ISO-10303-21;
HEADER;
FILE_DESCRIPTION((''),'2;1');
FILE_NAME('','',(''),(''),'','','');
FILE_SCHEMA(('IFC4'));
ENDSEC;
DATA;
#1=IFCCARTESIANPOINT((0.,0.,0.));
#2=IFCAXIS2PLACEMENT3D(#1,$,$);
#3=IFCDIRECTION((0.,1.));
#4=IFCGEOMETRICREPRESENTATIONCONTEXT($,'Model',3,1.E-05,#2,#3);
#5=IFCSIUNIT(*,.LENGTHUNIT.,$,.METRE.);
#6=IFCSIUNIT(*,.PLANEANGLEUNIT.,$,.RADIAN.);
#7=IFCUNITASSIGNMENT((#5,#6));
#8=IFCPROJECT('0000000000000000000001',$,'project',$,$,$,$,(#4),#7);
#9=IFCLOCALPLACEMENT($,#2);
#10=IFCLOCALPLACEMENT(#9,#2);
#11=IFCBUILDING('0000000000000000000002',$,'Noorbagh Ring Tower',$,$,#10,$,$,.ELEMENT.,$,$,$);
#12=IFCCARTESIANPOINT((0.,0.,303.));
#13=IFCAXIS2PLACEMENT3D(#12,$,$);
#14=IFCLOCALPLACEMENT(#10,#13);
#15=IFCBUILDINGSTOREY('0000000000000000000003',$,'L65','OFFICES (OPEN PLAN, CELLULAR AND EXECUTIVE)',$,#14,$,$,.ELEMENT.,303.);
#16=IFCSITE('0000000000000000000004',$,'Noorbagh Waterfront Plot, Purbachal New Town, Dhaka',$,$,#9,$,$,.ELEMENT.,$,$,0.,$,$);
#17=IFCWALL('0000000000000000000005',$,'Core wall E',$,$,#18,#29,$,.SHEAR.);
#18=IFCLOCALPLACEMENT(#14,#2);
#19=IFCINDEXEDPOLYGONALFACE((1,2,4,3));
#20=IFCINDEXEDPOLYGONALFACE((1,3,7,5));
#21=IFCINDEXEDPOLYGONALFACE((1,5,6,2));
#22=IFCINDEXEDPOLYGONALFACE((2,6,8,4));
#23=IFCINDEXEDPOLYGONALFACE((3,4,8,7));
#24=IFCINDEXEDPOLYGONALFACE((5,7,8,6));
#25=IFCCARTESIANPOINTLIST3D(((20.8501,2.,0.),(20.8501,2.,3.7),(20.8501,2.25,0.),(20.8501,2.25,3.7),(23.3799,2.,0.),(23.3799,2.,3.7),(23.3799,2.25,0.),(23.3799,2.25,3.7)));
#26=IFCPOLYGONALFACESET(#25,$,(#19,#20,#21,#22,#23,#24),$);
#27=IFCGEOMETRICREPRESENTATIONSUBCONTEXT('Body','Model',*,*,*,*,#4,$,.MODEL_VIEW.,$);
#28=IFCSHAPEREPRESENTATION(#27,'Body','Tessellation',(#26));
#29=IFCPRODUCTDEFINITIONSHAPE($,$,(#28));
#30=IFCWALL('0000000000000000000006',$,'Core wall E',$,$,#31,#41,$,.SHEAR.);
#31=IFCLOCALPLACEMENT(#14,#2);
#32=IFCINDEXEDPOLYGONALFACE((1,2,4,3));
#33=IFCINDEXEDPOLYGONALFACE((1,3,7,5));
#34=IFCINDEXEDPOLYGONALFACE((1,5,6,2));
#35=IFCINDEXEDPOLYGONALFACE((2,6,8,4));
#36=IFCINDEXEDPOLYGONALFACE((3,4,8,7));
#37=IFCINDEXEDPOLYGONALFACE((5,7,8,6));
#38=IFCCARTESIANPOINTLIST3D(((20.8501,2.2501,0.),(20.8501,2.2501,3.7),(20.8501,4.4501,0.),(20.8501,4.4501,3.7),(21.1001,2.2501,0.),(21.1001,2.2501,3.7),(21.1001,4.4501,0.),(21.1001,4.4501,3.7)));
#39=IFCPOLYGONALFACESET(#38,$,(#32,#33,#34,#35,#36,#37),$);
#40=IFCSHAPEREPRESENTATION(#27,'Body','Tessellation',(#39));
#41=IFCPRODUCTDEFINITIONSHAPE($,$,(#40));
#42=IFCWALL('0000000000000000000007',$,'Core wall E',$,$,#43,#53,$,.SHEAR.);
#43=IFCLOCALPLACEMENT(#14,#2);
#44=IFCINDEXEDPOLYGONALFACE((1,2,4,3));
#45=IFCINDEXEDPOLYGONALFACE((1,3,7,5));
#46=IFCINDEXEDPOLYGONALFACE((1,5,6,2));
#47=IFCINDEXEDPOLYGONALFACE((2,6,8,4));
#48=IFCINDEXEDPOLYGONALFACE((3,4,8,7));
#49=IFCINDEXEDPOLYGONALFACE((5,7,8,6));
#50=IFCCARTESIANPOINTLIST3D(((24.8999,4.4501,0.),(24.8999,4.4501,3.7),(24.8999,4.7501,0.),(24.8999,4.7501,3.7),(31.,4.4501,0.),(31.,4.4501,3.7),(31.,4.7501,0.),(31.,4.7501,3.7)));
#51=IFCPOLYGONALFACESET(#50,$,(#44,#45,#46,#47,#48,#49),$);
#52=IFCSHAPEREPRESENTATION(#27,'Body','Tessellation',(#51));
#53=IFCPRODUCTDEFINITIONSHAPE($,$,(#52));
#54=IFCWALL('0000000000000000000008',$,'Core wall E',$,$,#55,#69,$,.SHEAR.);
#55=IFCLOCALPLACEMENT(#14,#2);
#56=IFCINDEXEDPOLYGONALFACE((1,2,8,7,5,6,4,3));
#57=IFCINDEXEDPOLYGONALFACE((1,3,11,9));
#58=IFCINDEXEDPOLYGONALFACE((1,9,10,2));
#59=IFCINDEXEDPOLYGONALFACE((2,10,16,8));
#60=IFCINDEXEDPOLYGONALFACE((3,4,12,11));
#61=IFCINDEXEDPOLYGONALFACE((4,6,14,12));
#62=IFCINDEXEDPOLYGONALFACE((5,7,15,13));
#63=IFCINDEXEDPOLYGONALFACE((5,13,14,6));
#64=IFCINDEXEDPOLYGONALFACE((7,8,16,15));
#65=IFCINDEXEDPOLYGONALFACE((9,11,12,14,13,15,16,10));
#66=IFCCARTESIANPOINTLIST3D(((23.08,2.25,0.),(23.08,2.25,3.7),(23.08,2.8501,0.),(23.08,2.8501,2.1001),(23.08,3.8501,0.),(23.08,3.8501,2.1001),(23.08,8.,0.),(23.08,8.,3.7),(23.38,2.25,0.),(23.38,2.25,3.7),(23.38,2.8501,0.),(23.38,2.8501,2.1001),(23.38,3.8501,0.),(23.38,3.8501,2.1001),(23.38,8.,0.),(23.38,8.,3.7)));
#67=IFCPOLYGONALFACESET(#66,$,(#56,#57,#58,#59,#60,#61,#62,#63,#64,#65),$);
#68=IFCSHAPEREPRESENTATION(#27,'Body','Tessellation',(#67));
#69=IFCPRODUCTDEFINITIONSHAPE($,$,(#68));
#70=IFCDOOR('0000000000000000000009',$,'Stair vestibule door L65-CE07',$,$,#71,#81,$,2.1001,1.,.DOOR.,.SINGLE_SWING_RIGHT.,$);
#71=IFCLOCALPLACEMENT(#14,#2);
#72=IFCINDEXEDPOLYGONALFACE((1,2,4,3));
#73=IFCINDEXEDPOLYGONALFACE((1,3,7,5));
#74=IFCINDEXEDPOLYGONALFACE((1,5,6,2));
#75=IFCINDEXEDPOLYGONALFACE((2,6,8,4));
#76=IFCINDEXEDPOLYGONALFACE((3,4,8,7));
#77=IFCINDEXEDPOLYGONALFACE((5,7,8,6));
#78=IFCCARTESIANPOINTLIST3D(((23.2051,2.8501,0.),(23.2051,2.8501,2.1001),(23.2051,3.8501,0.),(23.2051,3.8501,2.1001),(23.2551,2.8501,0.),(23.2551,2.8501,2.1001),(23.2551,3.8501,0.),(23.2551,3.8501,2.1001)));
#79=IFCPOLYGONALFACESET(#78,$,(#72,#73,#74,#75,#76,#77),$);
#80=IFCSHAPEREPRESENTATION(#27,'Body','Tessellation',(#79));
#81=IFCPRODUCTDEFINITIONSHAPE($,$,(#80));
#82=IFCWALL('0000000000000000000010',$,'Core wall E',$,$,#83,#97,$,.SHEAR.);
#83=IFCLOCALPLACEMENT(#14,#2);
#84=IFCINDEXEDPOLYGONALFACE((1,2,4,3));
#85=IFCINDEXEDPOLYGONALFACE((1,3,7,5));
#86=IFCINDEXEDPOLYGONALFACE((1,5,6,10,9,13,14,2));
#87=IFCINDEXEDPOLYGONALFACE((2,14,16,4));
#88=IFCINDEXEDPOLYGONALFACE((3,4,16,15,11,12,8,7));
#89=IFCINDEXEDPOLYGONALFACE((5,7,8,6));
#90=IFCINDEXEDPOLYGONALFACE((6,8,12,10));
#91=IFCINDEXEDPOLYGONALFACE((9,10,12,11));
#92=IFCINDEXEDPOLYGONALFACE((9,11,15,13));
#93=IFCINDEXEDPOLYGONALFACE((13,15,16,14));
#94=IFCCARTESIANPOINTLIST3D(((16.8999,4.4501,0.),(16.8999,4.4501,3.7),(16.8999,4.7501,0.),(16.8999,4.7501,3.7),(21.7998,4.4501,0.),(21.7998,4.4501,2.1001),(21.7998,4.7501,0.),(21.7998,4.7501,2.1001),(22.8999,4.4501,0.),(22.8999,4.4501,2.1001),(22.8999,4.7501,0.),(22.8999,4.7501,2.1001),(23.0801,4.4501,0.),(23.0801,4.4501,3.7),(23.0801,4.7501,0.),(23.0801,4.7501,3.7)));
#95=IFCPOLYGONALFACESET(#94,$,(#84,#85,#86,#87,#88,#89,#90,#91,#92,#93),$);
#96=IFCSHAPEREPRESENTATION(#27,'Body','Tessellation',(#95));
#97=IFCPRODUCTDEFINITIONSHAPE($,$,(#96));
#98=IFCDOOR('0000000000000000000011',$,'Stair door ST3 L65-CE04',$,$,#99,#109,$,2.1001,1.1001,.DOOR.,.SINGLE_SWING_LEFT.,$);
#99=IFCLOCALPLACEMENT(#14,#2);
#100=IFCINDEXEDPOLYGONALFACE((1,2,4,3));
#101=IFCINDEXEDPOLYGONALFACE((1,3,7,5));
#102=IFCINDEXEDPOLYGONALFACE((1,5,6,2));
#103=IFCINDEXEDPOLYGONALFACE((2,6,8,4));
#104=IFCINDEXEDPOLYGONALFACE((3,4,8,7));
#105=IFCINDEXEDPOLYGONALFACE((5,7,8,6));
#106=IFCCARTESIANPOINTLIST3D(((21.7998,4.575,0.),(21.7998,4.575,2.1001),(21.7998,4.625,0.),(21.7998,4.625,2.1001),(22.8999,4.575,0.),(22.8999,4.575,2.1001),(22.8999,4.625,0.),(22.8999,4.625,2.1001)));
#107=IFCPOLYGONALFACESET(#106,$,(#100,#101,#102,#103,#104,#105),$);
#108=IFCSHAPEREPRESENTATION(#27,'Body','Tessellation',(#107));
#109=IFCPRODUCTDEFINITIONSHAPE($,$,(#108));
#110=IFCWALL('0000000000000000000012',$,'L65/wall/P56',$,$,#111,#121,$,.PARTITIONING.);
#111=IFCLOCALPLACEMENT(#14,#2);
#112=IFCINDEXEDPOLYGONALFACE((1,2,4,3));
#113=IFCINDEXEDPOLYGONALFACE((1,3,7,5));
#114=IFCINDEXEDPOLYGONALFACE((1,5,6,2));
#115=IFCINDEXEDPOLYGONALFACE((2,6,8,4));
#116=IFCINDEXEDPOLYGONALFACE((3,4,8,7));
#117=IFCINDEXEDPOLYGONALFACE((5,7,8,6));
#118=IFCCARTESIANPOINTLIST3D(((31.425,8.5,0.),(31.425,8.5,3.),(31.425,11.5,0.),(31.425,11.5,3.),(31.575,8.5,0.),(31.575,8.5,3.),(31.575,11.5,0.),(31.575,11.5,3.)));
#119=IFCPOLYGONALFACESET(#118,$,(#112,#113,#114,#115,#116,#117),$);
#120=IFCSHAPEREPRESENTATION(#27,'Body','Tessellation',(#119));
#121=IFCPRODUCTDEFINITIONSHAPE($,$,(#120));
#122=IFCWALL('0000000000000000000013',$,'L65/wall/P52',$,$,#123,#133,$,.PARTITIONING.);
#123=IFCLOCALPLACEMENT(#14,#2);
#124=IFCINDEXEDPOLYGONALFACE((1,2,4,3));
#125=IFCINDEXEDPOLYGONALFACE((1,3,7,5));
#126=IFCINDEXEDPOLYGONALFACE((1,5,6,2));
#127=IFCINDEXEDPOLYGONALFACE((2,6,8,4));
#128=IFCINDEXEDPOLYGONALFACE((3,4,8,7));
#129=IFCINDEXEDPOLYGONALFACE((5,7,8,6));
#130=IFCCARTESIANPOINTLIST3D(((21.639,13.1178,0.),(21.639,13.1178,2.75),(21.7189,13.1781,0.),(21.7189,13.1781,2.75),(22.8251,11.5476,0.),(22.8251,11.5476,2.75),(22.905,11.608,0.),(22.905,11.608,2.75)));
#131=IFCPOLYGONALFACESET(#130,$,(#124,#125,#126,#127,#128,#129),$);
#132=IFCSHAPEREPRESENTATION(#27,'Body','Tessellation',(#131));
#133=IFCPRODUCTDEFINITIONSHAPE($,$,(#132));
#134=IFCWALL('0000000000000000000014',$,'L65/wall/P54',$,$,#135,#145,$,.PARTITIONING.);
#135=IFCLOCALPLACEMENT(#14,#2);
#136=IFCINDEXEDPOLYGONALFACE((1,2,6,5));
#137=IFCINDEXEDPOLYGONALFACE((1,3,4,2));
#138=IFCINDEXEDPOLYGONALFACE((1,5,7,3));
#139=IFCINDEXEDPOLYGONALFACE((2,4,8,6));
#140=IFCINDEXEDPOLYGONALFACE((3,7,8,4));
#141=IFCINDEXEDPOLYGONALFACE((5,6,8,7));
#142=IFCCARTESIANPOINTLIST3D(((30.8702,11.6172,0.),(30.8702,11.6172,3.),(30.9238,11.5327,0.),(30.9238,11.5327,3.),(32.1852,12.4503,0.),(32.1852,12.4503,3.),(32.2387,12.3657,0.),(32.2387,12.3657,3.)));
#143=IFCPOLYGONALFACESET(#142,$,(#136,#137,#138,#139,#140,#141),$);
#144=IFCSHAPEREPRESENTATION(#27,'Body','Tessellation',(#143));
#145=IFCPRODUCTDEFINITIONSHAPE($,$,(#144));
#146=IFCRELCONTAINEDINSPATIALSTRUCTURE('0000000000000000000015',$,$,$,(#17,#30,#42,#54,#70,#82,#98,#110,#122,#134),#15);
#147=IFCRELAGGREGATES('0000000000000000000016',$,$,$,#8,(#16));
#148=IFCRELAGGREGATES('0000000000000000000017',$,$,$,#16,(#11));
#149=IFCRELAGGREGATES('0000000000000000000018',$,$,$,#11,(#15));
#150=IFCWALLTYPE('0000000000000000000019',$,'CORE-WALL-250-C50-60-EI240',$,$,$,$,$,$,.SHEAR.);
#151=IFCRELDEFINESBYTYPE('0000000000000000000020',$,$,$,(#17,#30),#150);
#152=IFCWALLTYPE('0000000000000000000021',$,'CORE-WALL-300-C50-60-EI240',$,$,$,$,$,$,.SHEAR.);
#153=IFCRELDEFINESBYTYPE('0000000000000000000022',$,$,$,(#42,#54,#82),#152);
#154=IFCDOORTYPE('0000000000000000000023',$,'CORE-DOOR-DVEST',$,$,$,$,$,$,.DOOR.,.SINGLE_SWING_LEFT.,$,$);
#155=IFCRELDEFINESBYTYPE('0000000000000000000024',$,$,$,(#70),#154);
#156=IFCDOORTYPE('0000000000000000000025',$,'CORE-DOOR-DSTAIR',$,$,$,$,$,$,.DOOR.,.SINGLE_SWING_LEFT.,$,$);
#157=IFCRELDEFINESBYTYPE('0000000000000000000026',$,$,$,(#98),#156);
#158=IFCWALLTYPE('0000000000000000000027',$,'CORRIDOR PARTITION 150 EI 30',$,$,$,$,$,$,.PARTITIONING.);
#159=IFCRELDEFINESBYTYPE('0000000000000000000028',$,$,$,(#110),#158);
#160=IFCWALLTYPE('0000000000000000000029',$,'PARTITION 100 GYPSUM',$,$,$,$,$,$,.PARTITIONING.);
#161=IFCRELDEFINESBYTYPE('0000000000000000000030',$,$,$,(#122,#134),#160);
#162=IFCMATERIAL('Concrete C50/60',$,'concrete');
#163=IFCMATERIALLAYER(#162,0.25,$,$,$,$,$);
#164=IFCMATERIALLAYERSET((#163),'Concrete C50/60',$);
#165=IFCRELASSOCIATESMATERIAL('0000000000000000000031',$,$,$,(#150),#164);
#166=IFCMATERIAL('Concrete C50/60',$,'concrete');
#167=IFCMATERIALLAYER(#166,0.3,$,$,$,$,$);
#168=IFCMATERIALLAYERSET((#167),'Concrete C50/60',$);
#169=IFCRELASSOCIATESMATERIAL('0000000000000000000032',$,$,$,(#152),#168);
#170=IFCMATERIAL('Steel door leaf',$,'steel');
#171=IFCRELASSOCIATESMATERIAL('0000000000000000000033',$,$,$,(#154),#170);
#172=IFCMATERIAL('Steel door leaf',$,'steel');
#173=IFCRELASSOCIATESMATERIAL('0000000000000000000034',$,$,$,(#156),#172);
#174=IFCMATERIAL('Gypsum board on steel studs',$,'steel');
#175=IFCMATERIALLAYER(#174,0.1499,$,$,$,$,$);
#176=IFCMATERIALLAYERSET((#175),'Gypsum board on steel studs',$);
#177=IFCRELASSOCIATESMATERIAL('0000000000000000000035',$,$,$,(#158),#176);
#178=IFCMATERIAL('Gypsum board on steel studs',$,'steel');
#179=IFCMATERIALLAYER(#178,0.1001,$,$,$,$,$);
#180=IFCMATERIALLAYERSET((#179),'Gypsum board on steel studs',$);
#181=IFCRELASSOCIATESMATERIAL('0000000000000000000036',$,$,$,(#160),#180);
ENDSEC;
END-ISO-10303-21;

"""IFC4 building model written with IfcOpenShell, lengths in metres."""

from ifc_helpers import new_model, si_unit, direction, frame, frame_2d, origin, place, context, subcontext, project, spatial, rectangle, extrude, material, layer, layer_set, type_object, element, fill, save


model = new_model("IFC4")

# Units and contexts
model_context = context("Model", 3, precision=1e-05, world=origin(), true_north=direction((0.0, 1.0)))
body_context = subcontext(model_context, "Body", "Model", "MODEL_VIEW")
ifc_project = project(units=[si_unit("LENGTHUNIT", "METRE"), si_unit("PLANEANGLEUNIT", "RADIAN")], contexts=[model_context])

# Site, building, storey
site_placement = place(None, origin())
site = spatial("IfcSite", under=ifc_project, at=site_placement, Name="Noorbagh Waterfront Plot, Purbachal New Town, Dhaka", CompositionType="ELEMENT", RefElevation=0.0)
building_placement = place(site_placement, origin())
building = spatial("IfcBuilding", under=site, at=building_placement, Name="Noorbagh Ring Tower", CompositionType="ELEMENT")
storey_placement = place(building_placement, frame((0.0, 0.0, 303.0)))
storey = spatial("IfcBuildingStorey", under=building, at=storey_placement, Name="L65", Description="OFFICES (OPEN PLAN, CELLULAR AND EXECUTIVE)", CompositionType="ELEMENT", Elevation=303.0)

# Walls
ifc_material_1 = material(Name="Concrete C50/60", Category="concrete")
ifc_layer_1 = layer(ifc_material_1, 0.25)
ifc_layer_set_1 = layer_set([ifc_layer_1], Name="Concrete C50/60")
wall_type_1 = type_object("IfcWallType", Name="CORE-WALL-250-C50-60-EI240", PredefinedType="SHEAR", material=ifc_layer_set_1)
wall_1_placement = place(storey_placement, frame((20.8501, 2.125, 0.0), z_axis=(0.0, 0.0, 1.0), x_axis=(1.0, 0.0, 0.0)))
element("IfcWall", 1, at=wall_1_placement, inside=storey, type_object=wall_type_1, Name="Core wall E", PredefinedType="SHEAR", context=body_context, shape_type="SweptSolid", body=[
    extrude(rectangle(XDim=2.5298, YDim=0.25, at=frame_2d((1.2649, 0.0))), origin(), (0.0, 0.0, 1.0), 3.7),
])
wall_2_placement = place(storey_placement, frame((20.9751, 2.25, 0.0), z_axis=(0.0, 0.0, 1.0), x_axis=(0.0, 1.0, 0.0)))
element("IfcWall", 2, at=wall_2_placement, inside=storey, type_object=wall_type_1, Name="Core wall E", PredefinedType="SHEAR", context=body_context, shape_type="SweptSolid", body=[
    extrude(rectangle(XDim=2.2, YDim=0.25, at=frame_2d((1.1001, 0.0))), origin(), (0.0, 0.0, 1.0), 3.7),
])
ifc_material_2 = material(Name="Concrete C50/60", Category="concrete")
ifc_layer_2 = layer(ifc_material_2, 0.3)
ifc_layer_set_2 = layer_set([ifc_layer_2], Name="Concrete C50/60")
wall_type_2 = type_object("IfcWallType", Name="CORE-WALL-300-C50-60-EI240", PredefinedType="SHEAR", material=ifc_layer_set_2)
wall_3_placement = place(storey_placement, frame((24.8999, 4.6001, 0.0), z_axis=(0.0, 0.0, 1.0), x_axis=(1.0, 0.0, 0.0)))
element("IfcWall", 3, at=wall_3_placement, inside=storey, type_object=wall_type_2, Name="Core wall E", PredefinedType="SHEAR", context=body_context, shape_type="SweptSolid", body=[
    extrude(rectangle(XDim=6.1001, YDim=0.3, at=frame_2d((3.05, 0.0))), origin(), (0.0, 0.0, 1.0), 3.7),
])

# Walls, openings, doors
wall_4_placement = place(storey_placement, frame((23.23, 2.25, 0.0), z_axis=(0.0, 0.0, 1.0), x_axis=(0.0, 1.0, 0.0)))
wall_4 = element("IfcWall", 4, at=wall_4_placement, inside=storey, type_object=wall_type_2, Name="Core wall E", PredefinedType="SHEAR", context=body_context, shape_type="SweptSolid", body=[
    extrude(rectangle(XDim=5.75, YDim=0.3, at=frame_2d((2.875, 0.0))), origin(), (0.0, 0.0, 1.0), 3.7),
])
opening_1_placement = place(wall_4_placement, frame((0.6001, 0.0, 0.0)))
opening_1 = element("IfcOpeningElement", 5, at=opening_1_placement, cuts=wall_4, PredefinedType="OPENING", context=body_context, shape_type="SweptSolid", body=[
    extrude(rectangle(XDim=1.0, YDim=2.1001, at=frame_2d((0.5, 1.05))), frame((0.0, 0.1602, 0.0), z_axis=(0.0, -1.0, 0.0), x_axis=(1.0, 0.0, 0.0)), (0.0, 0.0, 1.0), 0.3201),
])
ifc_material_3 = material(Name="Steel door leaf", Category="steel")
door_type_1 = type_object("IfcDoorType", Name="CORE-DOOR-DVEST", OperationType="SINGLE_SWING_LEFT", PredefinedType="DOOR", material=ifc_material_3)
door_1_placement = place(opening_1_placement, origin())
door_1 = element("IfcDoor", 6, at=door_1_placement, inside=storey, type_object=door_type_1, Name="Stair vestibule door L65-CE07", OperationType="SINGLE_SWING_RIGHT", OverallHeight=2.1001, OverallWidth=1.0, PredefinedType="DOOR", context=body_context, shape_type="SweptSolid", body=[
    extrude(rectangle(XDim=1.0, YDim=2.1001, at=frame_2d((0.5, 1.05))), frame((0.0, 0.0249, 0.0), z_axis=(0.0, -1.0, 0.0), x_axis=(1.0, 0.0, 0.0)), (0.0, 0.0, 1.0), 0.05),
])
fill(opening_1, door_1)
wall_5_placement = place(storey_placement, frame((16.8999, 4.6001, 0.0), z_axis=(0.0, 0.0, 1.0), x_axis=(1.0, 0.0, 0.0)))
wall_5 = element("IfcWall", 7, at=wall_5_placement, inside=storey, type_object=wall_type_2, Name="Core wall E", PredefinedType="SHEAR", context=body_context, shape_type="SweptSolid", body=[
    extrude(rectangle(XDim=6.1802, YDim=0.3, at=frame_2d((3.0901, 0.0))), origin(), (0.0, 0.0, 1.0), 3.7),
])
opening_2_placement = place(wall_5_placement, frame((4.8999, 0.0, 0.0)))
opening_2 = element("IfcOpeningElement", 8, at=opening_2_placement, cuts=wall_5, PredefinedType="OPENING", context=body_context, shape_type="SweptSolid", body=[
    extrude(rectangle(XDim=1.1001, YDim=2.1001, at=frame_2d((0.55, 1.05))), frame((0.0, 0.1602, 0.0), z_axis=(0.0, -1.0, 0.0), x_axis=(1.0, 0.0, 0.0)), (0.0, 0.0, 1.0), 0.3201),
])
ifc_material_4 = material(Name="Steel door leaf", Category="steel")
door_type_2 = type_object("IfcDoorType", Name="CORE-DOOR-DSTAIR", OperationType="SINGLE_SWING_LEFT", PredefinedType="DOOR", material=ifc_material_4)
door_2_placement = place(opening_2_placement, origin())
door_2 = element("IfcDoor", 9, at=door_2_placement, inside=storey, type_object=door_type_2, Name="Stair door ST3 L65-CE04", OperationType="SINGLE_SWING_LEFT", OverallHeight=2.1001, OverallWidth=1.1001, PredefinedType="DOOR", context=body_context, shape_type="SweptSolid", body=[
    extrude(rectangle(XDim=1.1001, YDim=2.1001, at=frame_2d((0.55, 1.05))), frame((0.0, 0.0249, 0.0), z_axis=(0.0, -1.0, 0.0), x_axis=(1.0, 0.0, 0.0)), (0.0, 0.0, 1.0), 0.05),
])
fill(opening_2, door_2)

# Walls
ifc_material_5 = material(Name="Gypsum board on steel studs", Category="steel")
ifc_layer_3 = layer(ifc_material_5, 0.1499)
ifc_layer_set_3 = layer_set([ifc_layer_3], Name="Gypsum board on steel studs")
wall_type_3 = type_object("IfcWallType", Name="CORRIDOR PARTITION 150 EI 30", PredefinedType="PARTITIONING", material=ifc_layer_set_3)
wall_6_placement = place(storey_placement, frame((31.5, 8.5, 0.0), z_axis=(0.0, 0.0, 1.0), x_axis=(0.0, 1.0, 0.0)))
element("IfcWall", 10, at=wall_6_placement, inside=storey, type_object=wall_type_3, Name="L65/wall/P56", PredefinedType="PARTITIONING", context=body_context, shape_type="SweptSolid", body=[
    extrude(rectangle(XDim=3.0, YDim=0.1499, at=frame_2d((1.5, 0.0))), origin(), (0.0, 0.0, 1.0), 3.0),
])
ifc_material_6 = material(Name="Gypsum board on steel studs", Category="steel")
ifc_layer_4 = layer(ifc_material_6, 0.1001)
ifc_layer_set_4 = layer_set([ifc_layer_4], Name="Gypsum board on steel studs")
wall_type_4 = type_object("IfcWallType", Name="PARTITION 100 GYPSUM", PredefinedType="PARTITIONING", material=ifc_layer_set_4)
wall_7_placement = place(storey_placement, frame((21.679, 13.1479, 0.0), z_axis=(0.0, 0.0, 1.0), x_axis=(0.602756, -0.797926, 0.0)))
element("IfcWall", 11, at=wall_7_placement, inside=storey, type_object=wall_type_4, Name="L65/wall/P52", PredefinedType="PARTITIONING", context=body_context, shape_type="SweptSolid", body=[
    extrude(rectangle(XDim=1.9678, YDim=0.1001, at=frame_2d((0.9839, 0.0))), origin(), (0.0, 0.0, 1.0), 2.75),
])
wall_8_placement = place(storey_placement, frame((30.897, 11.575, 0.0), z_axis=(0.0, 0.0, 1.0), x_axis=(0.844758, 0.535149, 0.0)))
element("IfcWall", 12, at=wall_8_placement, inside=storey, type_object=wall_type_4, Name="L65/wall/P54", PredefinedType="PARTITIONING", context=body_context, shape_type="SweptSolid", body=[
    extrude(rectangle(XDim=1.5566, YDim=0.1001, at=frame_2d((0.7783, 0.0))), origin(), (0.0, 0.0, 1.0), 3.0),
])

save(model, "model.ifc")
